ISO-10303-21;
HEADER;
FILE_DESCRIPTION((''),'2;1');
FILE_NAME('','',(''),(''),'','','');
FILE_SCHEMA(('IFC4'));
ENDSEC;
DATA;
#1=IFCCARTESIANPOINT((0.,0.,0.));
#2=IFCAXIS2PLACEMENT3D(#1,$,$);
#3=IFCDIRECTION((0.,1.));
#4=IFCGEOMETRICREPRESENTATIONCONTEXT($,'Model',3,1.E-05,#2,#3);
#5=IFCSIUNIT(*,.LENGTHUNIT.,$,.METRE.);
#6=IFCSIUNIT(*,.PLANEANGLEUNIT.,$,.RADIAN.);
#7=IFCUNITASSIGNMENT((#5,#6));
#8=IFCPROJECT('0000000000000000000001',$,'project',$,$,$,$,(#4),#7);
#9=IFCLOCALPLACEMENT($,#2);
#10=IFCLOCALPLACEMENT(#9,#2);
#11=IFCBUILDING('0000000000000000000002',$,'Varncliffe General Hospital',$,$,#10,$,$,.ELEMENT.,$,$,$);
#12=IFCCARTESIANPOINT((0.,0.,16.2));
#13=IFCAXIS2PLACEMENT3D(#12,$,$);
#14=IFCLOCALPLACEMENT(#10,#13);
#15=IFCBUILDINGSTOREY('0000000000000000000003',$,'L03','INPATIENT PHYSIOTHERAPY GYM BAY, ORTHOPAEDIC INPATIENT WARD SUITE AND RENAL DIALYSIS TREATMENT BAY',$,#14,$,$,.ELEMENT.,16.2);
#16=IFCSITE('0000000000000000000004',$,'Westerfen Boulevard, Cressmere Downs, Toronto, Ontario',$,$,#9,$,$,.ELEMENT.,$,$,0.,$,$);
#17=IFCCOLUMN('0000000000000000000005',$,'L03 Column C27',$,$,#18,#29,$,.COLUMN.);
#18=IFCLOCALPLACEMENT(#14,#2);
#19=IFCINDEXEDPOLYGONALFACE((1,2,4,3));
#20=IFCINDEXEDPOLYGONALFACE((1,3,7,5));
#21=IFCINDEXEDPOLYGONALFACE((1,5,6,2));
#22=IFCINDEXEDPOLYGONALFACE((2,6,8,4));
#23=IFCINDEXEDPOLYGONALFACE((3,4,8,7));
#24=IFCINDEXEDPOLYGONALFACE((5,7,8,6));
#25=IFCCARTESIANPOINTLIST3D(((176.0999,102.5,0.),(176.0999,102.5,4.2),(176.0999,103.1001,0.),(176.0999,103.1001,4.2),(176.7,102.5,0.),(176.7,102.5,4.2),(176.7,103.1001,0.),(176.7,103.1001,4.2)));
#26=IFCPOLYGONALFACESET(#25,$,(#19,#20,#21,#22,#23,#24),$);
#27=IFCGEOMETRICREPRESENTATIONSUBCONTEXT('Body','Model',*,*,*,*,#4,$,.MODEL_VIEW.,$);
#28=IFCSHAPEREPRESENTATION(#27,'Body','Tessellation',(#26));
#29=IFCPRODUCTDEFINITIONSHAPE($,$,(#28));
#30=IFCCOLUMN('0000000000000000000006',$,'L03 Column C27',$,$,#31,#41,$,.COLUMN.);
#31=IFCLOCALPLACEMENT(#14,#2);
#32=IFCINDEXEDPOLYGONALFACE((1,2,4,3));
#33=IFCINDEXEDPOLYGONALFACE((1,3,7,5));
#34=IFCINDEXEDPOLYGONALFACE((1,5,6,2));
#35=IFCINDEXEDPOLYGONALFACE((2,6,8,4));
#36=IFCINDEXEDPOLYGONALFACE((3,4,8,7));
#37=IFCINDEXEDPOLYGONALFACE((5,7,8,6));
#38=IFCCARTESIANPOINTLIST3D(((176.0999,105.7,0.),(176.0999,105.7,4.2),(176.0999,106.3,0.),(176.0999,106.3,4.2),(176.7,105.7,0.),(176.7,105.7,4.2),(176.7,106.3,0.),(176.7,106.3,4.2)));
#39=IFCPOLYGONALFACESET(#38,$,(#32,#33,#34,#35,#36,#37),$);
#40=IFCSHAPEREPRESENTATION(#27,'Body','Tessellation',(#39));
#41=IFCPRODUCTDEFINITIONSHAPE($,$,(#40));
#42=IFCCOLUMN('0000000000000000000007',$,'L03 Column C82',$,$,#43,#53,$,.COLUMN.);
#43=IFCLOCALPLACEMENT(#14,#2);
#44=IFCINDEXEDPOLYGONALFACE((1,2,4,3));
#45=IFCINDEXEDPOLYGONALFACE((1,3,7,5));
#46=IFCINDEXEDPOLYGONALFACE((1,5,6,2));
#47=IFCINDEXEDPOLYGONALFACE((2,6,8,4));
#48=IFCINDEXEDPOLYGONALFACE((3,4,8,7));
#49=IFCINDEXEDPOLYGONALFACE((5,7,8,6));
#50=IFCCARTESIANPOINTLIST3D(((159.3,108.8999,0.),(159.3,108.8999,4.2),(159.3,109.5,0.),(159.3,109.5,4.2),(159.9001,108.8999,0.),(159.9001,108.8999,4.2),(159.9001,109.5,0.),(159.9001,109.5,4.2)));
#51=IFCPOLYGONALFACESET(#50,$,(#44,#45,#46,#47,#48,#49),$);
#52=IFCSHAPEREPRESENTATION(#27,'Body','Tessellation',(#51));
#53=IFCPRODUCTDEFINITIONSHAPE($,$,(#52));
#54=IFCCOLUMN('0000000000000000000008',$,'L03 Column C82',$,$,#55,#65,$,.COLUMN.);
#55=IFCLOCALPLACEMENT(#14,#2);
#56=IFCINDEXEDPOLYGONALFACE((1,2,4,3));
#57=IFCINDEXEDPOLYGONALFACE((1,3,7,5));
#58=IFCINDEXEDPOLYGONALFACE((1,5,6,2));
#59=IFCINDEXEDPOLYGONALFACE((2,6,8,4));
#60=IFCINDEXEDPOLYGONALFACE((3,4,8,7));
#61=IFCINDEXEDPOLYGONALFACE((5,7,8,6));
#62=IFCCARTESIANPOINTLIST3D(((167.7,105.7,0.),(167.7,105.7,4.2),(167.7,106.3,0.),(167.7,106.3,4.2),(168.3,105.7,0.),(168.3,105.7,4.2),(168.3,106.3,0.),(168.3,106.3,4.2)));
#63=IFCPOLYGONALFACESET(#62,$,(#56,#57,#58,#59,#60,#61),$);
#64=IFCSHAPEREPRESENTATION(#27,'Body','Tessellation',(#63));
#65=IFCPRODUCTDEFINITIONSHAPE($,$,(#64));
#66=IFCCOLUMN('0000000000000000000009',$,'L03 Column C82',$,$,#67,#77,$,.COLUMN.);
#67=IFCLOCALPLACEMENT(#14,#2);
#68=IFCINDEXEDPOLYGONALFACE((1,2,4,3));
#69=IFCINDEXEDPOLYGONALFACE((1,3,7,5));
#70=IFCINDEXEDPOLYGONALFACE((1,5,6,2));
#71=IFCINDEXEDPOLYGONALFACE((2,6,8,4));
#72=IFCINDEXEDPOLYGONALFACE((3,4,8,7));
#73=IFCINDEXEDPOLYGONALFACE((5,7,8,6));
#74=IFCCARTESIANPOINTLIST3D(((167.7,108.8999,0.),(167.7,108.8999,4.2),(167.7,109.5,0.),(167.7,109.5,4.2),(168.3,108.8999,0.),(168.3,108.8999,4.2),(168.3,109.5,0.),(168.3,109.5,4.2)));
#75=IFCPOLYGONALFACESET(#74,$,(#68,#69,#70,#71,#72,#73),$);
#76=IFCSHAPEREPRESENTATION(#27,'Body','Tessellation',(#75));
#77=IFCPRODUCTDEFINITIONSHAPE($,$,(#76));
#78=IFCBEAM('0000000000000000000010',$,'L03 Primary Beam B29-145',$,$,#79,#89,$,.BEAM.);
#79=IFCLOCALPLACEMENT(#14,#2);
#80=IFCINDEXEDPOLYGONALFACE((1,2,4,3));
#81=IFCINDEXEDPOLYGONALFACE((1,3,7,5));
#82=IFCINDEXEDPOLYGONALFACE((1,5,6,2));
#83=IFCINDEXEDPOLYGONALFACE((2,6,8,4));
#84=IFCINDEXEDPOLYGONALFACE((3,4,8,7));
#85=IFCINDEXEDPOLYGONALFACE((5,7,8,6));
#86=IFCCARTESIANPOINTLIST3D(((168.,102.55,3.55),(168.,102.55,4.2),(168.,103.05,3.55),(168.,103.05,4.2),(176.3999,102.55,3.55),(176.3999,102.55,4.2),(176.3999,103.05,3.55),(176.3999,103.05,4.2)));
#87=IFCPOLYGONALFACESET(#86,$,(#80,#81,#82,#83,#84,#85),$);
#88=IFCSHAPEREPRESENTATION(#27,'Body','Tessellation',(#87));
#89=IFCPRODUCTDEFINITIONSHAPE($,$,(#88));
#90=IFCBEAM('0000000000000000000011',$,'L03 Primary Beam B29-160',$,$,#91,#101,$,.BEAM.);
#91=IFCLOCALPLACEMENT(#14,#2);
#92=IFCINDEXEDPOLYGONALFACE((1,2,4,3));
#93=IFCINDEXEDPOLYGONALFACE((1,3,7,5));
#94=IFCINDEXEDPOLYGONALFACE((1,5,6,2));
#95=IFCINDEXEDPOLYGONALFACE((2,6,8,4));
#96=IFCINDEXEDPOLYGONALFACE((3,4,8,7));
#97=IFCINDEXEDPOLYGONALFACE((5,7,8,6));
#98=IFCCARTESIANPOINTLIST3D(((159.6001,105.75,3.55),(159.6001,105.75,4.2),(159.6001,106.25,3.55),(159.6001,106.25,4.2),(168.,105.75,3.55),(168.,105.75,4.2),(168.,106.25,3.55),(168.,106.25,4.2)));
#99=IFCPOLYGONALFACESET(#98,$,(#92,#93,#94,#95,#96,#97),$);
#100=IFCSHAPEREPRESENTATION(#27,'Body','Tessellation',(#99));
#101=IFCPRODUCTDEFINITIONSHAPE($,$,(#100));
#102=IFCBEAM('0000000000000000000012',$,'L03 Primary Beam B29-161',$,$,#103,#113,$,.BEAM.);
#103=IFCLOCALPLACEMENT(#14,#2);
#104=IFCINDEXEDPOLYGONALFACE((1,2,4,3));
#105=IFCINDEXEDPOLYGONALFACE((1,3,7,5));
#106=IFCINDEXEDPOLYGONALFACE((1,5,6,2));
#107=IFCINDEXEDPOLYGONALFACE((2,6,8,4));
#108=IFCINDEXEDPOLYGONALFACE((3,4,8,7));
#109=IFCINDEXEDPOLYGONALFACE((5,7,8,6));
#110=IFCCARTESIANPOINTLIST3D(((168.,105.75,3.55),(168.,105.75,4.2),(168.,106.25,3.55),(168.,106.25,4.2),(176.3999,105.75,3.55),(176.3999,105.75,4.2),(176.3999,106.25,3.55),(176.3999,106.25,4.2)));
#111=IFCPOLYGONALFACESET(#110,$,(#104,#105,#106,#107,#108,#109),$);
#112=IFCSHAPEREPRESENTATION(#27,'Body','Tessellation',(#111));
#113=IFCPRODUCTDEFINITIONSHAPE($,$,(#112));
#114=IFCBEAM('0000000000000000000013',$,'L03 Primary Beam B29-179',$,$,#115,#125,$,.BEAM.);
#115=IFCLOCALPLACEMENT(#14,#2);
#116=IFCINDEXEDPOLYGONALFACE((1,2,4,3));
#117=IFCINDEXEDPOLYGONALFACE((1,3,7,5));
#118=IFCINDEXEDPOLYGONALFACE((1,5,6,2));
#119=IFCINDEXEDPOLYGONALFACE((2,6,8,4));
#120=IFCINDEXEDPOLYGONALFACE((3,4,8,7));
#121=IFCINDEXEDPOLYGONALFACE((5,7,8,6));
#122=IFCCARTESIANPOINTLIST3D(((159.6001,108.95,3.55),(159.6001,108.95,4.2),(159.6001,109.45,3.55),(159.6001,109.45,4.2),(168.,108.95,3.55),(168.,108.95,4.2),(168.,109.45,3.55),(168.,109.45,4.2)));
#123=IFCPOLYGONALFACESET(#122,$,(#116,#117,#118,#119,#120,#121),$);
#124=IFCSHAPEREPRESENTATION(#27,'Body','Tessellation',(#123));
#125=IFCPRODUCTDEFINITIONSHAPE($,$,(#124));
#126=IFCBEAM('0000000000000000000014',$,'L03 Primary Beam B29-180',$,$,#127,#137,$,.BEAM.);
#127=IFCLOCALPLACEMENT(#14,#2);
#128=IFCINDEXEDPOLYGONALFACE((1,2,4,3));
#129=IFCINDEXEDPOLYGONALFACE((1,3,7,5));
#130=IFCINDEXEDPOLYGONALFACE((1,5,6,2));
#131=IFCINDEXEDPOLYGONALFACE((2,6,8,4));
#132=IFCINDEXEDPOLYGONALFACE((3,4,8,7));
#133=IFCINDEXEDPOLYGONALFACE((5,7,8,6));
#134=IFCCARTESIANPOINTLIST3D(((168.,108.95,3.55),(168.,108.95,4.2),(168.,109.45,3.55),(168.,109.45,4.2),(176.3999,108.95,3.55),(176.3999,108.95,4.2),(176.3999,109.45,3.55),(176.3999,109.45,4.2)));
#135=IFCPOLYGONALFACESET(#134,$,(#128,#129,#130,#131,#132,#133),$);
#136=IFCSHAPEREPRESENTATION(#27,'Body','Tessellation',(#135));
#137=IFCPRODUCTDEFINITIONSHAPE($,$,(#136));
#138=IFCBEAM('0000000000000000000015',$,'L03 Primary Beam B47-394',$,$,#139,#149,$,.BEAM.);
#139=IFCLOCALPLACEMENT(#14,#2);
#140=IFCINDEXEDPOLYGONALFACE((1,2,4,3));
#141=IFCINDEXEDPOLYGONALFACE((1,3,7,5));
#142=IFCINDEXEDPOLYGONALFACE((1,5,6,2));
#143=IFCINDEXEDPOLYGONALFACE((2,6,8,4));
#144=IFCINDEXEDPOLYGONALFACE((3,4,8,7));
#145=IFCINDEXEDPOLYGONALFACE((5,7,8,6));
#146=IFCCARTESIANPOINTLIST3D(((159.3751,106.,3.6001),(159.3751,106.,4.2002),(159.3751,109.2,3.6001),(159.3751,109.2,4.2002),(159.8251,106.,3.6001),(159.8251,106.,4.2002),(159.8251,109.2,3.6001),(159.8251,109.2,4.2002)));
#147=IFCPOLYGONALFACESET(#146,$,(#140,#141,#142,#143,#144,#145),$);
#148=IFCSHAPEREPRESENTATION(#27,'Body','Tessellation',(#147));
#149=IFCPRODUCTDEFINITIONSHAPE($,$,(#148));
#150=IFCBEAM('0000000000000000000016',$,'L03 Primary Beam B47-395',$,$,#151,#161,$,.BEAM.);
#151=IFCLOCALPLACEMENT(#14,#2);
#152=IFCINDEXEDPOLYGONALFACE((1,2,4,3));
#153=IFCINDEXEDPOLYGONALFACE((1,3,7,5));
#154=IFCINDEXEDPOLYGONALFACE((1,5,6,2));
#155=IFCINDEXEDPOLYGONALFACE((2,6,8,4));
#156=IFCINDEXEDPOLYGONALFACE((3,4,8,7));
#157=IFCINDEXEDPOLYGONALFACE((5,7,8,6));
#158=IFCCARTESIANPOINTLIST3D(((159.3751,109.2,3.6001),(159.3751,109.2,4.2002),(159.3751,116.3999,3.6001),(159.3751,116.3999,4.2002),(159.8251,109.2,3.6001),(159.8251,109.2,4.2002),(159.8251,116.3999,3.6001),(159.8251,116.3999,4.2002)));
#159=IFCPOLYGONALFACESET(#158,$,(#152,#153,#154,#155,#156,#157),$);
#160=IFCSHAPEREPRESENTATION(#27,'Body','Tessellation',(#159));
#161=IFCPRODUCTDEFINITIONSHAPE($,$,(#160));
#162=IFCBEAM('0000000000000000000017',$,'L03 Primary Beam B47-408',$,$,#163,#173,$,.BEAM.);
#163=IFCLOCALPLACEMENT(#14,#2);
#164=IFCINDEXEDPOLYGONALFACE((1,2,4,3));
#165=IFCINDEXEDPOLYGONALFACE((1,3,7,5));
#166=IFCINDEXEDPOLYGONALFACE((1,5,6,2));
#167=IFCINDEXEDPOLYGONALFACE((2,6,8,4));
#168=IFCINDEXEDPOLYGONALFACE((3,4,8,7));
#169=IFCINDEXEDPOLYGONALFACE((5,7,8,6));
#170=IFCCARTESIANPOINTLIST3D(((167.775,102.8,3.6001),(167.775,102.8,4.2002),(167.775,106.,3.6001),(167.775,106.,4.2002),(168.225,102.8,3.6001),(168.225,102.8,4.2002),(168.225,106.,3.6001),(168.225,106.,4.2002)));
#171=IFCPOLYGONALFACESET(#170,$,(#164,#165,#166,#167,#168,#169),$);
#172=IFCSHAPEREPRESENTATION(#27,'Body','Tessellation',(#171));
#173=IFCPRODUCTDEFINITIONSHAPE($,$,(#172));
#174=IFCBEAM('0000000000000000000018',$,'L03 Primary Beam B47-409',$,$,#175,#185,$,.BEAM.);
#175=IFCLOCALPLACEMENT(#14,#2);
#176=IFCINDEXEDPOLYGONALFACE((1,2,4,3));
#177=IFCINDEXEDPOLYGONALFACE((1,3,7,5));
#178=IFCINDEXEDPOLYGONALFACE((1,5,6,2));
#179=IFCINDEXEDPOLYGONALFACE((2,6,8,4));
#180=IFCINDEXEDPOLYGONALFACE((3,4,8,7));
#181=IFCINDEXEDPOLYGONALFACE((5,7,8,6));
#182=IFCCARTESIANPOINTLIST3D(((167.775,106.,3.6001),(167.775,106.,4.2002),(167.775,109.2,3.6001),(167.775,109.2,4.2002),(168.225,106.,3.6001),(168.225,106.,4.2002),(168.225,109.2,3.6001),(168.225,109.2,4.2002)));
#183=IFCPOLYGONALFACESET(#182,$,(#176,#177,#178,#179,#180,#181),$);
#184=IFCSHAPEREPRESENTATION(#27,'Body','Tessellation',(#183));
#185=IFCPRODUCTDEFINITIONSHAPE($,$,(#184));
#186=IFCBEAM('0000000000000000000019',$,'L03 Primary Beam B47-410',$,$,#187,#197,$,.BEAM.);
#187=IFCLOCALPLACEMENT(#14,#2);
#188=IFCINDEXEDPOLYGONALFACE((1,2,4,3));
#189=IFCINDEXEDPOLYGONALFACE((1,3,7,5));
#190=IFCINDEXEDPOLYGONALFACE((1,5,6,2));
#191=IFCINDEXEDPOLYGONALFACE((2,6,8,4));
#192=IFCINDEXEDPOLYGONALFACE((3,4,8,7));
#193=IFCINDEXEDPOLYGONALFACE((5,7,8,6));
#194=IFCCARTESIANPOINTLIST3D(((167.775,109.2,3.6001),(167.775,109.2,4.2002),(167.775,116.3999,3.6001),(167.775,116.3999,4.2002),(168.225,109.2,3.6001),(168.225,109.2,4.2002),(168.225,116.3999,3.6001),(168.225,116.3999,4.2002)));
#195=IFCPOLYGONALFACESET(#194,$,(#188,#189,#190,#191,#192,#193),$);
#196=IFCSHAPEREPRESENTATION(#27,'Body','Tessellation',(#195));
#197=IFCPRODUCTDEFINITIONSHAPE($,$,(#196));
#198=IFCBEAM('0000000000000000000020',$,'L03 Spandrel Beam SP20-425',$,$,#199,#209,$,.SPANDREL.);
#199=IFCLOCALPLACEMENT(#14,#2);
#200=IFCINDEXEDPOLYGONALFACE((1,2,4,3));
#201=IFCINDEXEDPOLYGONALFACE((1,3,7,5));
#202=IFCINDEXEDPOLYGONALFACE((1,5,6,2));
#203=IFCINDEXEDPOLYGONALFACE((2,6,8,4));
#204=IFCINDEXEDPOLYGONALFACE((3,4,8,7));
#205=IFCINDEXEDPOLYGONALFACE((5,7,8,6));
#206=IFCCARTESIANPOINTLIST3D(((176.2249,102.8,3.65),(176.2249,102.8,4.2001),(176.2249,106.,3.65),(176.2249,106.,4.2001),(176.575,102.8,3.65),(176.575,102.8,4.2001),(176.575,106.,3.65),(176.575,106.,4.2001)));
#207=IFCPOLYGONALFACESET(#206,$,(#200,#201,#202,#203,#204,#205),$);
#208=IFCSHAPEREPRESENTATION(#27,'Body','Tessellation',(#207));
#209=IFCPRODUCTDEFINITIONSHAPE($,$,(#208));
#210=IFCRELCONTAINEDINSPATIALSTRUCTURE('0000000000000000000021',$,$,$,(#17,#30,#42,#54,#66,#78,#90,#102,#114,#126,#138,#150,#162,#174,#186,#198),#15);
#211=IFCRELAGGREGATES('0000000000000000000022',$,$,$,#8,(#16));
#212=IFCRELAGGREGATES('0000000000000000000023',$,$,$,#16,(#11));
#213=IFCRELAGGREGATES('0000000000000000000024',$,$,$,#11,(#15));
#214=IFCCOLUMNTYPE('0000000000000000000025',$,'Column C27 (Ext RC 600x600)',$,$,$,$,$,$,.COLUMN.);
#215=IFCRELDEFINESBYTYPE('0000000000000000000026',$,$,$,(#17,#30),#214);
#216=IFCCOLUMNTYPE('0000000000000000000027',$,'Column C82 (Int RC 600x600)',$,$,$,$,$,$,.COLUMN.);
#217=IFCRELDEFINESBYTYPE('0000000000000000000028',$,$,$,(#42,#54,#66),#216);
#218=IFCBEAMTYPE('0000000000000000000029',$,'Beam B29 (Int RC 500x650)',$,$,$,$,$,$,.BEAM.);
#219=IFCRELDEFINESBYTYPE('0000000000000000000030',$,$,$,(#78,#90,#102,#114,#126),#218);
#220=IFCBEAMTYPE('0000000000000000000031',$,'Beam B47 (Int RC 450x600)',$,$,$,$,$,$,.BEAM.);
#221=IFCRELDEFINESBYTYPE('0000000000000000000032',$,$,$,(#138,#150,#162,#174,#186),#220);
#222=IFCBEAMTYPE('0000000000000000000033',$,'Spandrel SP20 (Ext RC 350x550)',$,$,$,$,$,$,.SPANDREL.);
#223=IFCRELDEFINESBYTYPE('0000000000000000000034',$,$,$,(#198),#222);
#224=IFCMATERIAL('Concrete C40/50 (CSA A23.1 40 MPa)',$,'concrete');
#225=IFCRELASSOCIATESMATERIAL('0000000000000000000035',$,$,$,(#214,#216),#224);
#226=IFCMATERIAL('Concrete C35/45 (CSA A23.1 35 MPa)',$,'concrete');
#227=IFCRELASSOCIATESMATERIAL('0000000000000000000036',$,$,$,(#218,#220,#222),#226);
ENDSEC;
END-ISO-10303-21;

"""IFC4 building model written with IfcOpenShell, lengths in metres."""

from ifc_helpers import new_model, si_unit, direction, frame, origin, origin_2d, place, context, subcontext, project, spatial, rectangle, extrude, material, material_profile, profile_set, type_object, element, save


model = new_model("IFC4")

# Units and contexts
model_context = context("Model", 3, precision=1e-05, world=origin(), true_north=direction((0.0, 1.0)))
body_context = subcontext(model_context, "Body", "Model", "MODEL_VIEW")
ifc_project = project(units=[si_unit("LENGTHUNIT", "METRE"), si_unit("PLANEANGLEUNIT", "RADIAN")], contexts=[model_context])

# Site, building, storey
site_placement = place(None, origin())
site = spatial("IfcSite", under=ifc_project, at=site_placement, Name="Westerfen Boulevard, Cressmere Downs, Toronto, Ontario", CompositionType="ELEMENT", RefElevation=0.0)
building_placement = place(site_placement, origin())
building = spatial("IfcBuilding", under=site, at=building_placement, Name="Varncliffe General Hospital", CompositionType="ELEMENT")
storey_placement = place(building_placement, frame((0.0, 0.0, 16.2)))
storey = spatial("IfcBuildingStorey", under=building, at=storey_placement, Name="L03", Description="INPATIENT PHYSIOTHERAPY GYM BAY, ORTHOPAEDIC INPATIENT WARD SUITE AND RENAL DIALYSIS TREATMENT BAY", CompositionType="ELEMENT", Elevation=16.2)

# Columns
ifc_material_1 = material(Name="Concrete C40/50 (CSA A23.1 40 MPa)", Category="concrete")
ifc_material_profile_1 = material_profile(ifc_material_1, rectangle(XDim=0.6001, YDim=0.6001, at=origin_2d()), Name="RC 600x600")
ifc_profile_set_1 = profile_set([ifc_material_profile_1], Name="Concrete C40/50 (CSA A23.1 40 MPa)")
column_type_1 = type_object("IfcColumnType", Name="Column C27 (Ext RC 600x600)", PredefinedType="COLUMN", material=ifc_profile_set_1)
for number, where, z_axis, x_axis, name in (
    (1, (176.3999, 102.8, 0.0), (0.0, 0.0, 1.0), (1.0, 0.0, 0.0), "L03 Column C27"),
    (2, (176.3999, 106.0, 0.0), (0.0, 0.0, 1.0), (1.0, 0.0, 0.0), "L03 Column C27"),
):
    element("IfcColumn", number, at=place(storey_placement, frame(where, z_axis=z_axis, x_axis=x_axis)), inside=storey, type_object=column_type_1, Name=name, PredefinedType="COLUMN", context=body_context, shape_type="SweptSolid", body=[
        extrude(rectangle(XDim=0.6001, YDim=0.6001, at=origin_2d()), origin(), (0.0, 0.0, 1.0), 4.2),
    ])
ifc_material_profile_2 = material_profile(ifc_material_1, rectangle(XDim=0.6001, YDim=0.6001, at=origin_2d()), Name="RC 600x600")
ifc_profile_set_2 = profile_set([ifc_material_profile_2], Name="Concrete C40/50 (CSA A23.1 40 MPa)")
column_type_2 = type_object("IfcColumnType", Name="Column C82 (Int RC 600x600)", PredefinedType="COLUMN", material=ifc_profile_set_2)
for number, where, z_axis, x_axis, name in (
    (3, (159.6001, 109.2, 0.0), (0.0, 0.0, 1.0), (1.0, 0.0, 0.0), "L03 Column C82"),
    (4, (168.0, 106.0, 0.0), (0.0, 0.0, 1.0), (1.0, 0.0, 0.0), "L03 Column C82"),
    (5, (168.0, 109.2, 0.0), (0.0, 0.0, 1.0), (1.0, 0.0, 0.0), "L03 Column C82"),
):
    element("IfcColumn", number, at=place(storey_placement, frame(where, z_axis=z_axis, x_axis=x_axis)), inside=storey, type_object=column_type_2, Name=name, PredefinedType="COLUMN", context=body_context, shape_type="SweptSolid", body=[
        extrude(rectangle(XDim=0.6001, YDim=0.6001, at=origin_2d()), origin(), (0.0, 0.0, 1.0), 4.2),
    ])

# Beams
ifc_material_2 = material(Name="Concrete C35/45 (CSA A23.1 35 MPa)", Category="concrete")
ifc_material_profile_3 = material_profile(ifc_material_2, rectangle(XDim=0.5, YDim=0.6499, at=origin_2d()), Name="RC 500x650")
ifc_profile_set_3 = profile_set([ifc_material_profile_3], Name="Concrete C35/45 (CSA A23.1 35 MPa)")
beam_type_1 = type_object("IfcBeamType", Name="Beam B29 (Int RC 500x650)", PredefinedType="BEAM", material=ifc_profile_set_3)
for number, where, z_axis, x_axis, name in (
    (6, (168.0, 102.8, 3.875), (1.0, 0.0, 0.0), (0.0, 1.0, 0.0), "L03 Primary Beam B29-145"),
    (7, (159.6001, 106.0, 3.875), (1.0, 0.0, 0.0), (0.0, 1.0, 0.0), "L03 Primary Beam B29-160"),
    (8, (168.0, 106.0, 3.875), (1.0, 0.0, 0.0), (0.0, 1.0, 0.0), "L03 Primary Beam B29-161"),
    (9, (159.6001, 109.2, 3.875), (1.0, 0.0, 0.0), (0.0, 1.0, 0.0), "L03 Primary Beam B29-179"),
    (10, (168.0, 109.2, 3.875), (1.0, 0.0, 0.0), (0.0, 1.0, 0.0), "L03 Primary Beam B29-180"),
):
    element("IfcBeam", number, at=place(storey_placement, frame(where, z_axis=z_axis, x_axis=x_axis)), inside=storey, type_object=beam_type_1, Name=name, PredefinedType="BEAM", context=body_context, shape_type="SweptSolid", body=[
        extrude(rectangle(XDim=0.5, YDim=0.6499, at=origin_2d()), origin(), (0.0, 0.0, 1.0), 8.3999),
    ])
ifc_material_profile_4 = material_profile(ifc_material_2, rectangle(XDim=0.45, YDim=0.6001, at=origin_2d()), Name="RC 450x600")
ifc_profile_set_4 = profile_set([ifc_material_profile_4], Name="Concrete C35/45 (CSA A23.1 35 MPa)")
beam_type_2 = type_object("IfcBeamType", Name="Beam B47 (Int RC 450x600)", PredefinedType="BEAM", material=ifc_profile_set_4)
beam_1_placement = place(storey_placement, frame((159.6001, 106.0, 3.9001), z_axis=(0.0, 1.0, 0.0), x_axis=(-1.0, 0.0, 0.0)))
element("IfcBeam", 11, at=beam_1_placement, inside=storey, type_object=beam_type_2, Name="L03 Primary Beam B47-394", PredefinedType="BEAM", context=body_context, shape_type="SweptSolid", body=[
    extrude(rectangle(XDim=0.45, YDim=0.6001, at=origin_2d()), origin(), (0.0, 0.0, 1.0), 3.2),
])
beam_2_placement = place(storey_placement, frame((159.6001, 109.2, 3.9001), z_axis=(0.0, 1.0, 0.0), x_axis=(-1.0, 0.0, 0.0)))
element("IfcBeam", 12, at=beam_2_placement, inside=storey, type_object=beam_type_2, Name="L03 Primary Beam B47-395", PredefinedType="BEAM", context=body_context, shape_type="SweptSolid", body=[
    extrude(rectangle(XDim=0.45, YDim=0.6001, at=origin_2d()), origin(), (0.0, 0.0, 1.0), 7.2),
])
for number, where, z_axis, x_axis, name in (
    (13, (168.0, 102.8, 3.9001), (0.0, 1.0, 0.0), (-1.0, 0.0, 0.0), "L03 Primary Beam B47-408"),
    (14, (168.0, 106.0, 3.9001), (0.0, 1.0, 0.0), (-1.0, 0.0, 0.0), "L03 Primary Beam B47-409"),
):
    element("IfcBeam", number, at=place(storey_placement, frame(where, z_axis=z_axis, x_axis=x_axis)), inside=storey, type_object=beam_type_2, Name=name, PredefinedType="BEAM", context=body_context, shape_type="SweptSolid", body=[
        extrude(rectangle(XDim=0.45, YDim=0.6001, at=origin_2d()), origin(), (0.0, 0.0, 1.0), 3.2),
    ])
beam_3_placement = place(storey_placement, frame((168.0, 109.2, 3.9001), z_axis=(0.0, 1.0, 0.0), x_axis=(-1.0, 0.0, 0.0)))
element("IfcBeam", 15, at=beam_3_placement, inside=storey, type_object=beam_type_2, Name="L03 Primary Beam B47-410", PredefinedType="BEAM", context=body_context, shape_type="SweptSolid", body=[
    extrude(rectangle(XDim=0.45, YDim=0.6001, at=origin_2d()), origin(), (0.0, 0.0, 1.0), 7.2),
])
ifc_material_profile_5 = material_profile(ifc_material_2, rectangle(XDim=0.3501, YDim=0.55, at=origin_2d()), Name="RC 350x550")
ifc_profile_set_5 = profile_set([ifc_material_profile_5], Name="Concrete C35/45 (CSA A23.1 35 MPa)")
beam_type_3 = type_object("IfcBeamType", Name="Spandrel SP20 (Ext RC 350x550)", PredefinedType="SPANDREL", material=ifc_profile_set_5)
for number, where, z_axis, x_axis, name in (
    (16, (176.3999, 102.8, 3.925), (0.0, 1.0, 0.0), (-1.0, 0.0, 0.0), "L03 Spandrel Beam SP20-425"),
):
    element("IfcBeam", number, at=place(storey_placement, frame(where, z_axis=z_axis, x_axis=x_axis)), inside=storey, type_object=beam_type_3, Name=name, PredefinedType="SPANDREL", context=body_context, shape_type="SweptSolid", body=[
        extrude(rectangle(XDim=0.3501, YDim=0.55, at=origin_2d()), origin(), (0.0, 0.0, 1.0), 3.2),
    ])

save(model, "model.ifc")
